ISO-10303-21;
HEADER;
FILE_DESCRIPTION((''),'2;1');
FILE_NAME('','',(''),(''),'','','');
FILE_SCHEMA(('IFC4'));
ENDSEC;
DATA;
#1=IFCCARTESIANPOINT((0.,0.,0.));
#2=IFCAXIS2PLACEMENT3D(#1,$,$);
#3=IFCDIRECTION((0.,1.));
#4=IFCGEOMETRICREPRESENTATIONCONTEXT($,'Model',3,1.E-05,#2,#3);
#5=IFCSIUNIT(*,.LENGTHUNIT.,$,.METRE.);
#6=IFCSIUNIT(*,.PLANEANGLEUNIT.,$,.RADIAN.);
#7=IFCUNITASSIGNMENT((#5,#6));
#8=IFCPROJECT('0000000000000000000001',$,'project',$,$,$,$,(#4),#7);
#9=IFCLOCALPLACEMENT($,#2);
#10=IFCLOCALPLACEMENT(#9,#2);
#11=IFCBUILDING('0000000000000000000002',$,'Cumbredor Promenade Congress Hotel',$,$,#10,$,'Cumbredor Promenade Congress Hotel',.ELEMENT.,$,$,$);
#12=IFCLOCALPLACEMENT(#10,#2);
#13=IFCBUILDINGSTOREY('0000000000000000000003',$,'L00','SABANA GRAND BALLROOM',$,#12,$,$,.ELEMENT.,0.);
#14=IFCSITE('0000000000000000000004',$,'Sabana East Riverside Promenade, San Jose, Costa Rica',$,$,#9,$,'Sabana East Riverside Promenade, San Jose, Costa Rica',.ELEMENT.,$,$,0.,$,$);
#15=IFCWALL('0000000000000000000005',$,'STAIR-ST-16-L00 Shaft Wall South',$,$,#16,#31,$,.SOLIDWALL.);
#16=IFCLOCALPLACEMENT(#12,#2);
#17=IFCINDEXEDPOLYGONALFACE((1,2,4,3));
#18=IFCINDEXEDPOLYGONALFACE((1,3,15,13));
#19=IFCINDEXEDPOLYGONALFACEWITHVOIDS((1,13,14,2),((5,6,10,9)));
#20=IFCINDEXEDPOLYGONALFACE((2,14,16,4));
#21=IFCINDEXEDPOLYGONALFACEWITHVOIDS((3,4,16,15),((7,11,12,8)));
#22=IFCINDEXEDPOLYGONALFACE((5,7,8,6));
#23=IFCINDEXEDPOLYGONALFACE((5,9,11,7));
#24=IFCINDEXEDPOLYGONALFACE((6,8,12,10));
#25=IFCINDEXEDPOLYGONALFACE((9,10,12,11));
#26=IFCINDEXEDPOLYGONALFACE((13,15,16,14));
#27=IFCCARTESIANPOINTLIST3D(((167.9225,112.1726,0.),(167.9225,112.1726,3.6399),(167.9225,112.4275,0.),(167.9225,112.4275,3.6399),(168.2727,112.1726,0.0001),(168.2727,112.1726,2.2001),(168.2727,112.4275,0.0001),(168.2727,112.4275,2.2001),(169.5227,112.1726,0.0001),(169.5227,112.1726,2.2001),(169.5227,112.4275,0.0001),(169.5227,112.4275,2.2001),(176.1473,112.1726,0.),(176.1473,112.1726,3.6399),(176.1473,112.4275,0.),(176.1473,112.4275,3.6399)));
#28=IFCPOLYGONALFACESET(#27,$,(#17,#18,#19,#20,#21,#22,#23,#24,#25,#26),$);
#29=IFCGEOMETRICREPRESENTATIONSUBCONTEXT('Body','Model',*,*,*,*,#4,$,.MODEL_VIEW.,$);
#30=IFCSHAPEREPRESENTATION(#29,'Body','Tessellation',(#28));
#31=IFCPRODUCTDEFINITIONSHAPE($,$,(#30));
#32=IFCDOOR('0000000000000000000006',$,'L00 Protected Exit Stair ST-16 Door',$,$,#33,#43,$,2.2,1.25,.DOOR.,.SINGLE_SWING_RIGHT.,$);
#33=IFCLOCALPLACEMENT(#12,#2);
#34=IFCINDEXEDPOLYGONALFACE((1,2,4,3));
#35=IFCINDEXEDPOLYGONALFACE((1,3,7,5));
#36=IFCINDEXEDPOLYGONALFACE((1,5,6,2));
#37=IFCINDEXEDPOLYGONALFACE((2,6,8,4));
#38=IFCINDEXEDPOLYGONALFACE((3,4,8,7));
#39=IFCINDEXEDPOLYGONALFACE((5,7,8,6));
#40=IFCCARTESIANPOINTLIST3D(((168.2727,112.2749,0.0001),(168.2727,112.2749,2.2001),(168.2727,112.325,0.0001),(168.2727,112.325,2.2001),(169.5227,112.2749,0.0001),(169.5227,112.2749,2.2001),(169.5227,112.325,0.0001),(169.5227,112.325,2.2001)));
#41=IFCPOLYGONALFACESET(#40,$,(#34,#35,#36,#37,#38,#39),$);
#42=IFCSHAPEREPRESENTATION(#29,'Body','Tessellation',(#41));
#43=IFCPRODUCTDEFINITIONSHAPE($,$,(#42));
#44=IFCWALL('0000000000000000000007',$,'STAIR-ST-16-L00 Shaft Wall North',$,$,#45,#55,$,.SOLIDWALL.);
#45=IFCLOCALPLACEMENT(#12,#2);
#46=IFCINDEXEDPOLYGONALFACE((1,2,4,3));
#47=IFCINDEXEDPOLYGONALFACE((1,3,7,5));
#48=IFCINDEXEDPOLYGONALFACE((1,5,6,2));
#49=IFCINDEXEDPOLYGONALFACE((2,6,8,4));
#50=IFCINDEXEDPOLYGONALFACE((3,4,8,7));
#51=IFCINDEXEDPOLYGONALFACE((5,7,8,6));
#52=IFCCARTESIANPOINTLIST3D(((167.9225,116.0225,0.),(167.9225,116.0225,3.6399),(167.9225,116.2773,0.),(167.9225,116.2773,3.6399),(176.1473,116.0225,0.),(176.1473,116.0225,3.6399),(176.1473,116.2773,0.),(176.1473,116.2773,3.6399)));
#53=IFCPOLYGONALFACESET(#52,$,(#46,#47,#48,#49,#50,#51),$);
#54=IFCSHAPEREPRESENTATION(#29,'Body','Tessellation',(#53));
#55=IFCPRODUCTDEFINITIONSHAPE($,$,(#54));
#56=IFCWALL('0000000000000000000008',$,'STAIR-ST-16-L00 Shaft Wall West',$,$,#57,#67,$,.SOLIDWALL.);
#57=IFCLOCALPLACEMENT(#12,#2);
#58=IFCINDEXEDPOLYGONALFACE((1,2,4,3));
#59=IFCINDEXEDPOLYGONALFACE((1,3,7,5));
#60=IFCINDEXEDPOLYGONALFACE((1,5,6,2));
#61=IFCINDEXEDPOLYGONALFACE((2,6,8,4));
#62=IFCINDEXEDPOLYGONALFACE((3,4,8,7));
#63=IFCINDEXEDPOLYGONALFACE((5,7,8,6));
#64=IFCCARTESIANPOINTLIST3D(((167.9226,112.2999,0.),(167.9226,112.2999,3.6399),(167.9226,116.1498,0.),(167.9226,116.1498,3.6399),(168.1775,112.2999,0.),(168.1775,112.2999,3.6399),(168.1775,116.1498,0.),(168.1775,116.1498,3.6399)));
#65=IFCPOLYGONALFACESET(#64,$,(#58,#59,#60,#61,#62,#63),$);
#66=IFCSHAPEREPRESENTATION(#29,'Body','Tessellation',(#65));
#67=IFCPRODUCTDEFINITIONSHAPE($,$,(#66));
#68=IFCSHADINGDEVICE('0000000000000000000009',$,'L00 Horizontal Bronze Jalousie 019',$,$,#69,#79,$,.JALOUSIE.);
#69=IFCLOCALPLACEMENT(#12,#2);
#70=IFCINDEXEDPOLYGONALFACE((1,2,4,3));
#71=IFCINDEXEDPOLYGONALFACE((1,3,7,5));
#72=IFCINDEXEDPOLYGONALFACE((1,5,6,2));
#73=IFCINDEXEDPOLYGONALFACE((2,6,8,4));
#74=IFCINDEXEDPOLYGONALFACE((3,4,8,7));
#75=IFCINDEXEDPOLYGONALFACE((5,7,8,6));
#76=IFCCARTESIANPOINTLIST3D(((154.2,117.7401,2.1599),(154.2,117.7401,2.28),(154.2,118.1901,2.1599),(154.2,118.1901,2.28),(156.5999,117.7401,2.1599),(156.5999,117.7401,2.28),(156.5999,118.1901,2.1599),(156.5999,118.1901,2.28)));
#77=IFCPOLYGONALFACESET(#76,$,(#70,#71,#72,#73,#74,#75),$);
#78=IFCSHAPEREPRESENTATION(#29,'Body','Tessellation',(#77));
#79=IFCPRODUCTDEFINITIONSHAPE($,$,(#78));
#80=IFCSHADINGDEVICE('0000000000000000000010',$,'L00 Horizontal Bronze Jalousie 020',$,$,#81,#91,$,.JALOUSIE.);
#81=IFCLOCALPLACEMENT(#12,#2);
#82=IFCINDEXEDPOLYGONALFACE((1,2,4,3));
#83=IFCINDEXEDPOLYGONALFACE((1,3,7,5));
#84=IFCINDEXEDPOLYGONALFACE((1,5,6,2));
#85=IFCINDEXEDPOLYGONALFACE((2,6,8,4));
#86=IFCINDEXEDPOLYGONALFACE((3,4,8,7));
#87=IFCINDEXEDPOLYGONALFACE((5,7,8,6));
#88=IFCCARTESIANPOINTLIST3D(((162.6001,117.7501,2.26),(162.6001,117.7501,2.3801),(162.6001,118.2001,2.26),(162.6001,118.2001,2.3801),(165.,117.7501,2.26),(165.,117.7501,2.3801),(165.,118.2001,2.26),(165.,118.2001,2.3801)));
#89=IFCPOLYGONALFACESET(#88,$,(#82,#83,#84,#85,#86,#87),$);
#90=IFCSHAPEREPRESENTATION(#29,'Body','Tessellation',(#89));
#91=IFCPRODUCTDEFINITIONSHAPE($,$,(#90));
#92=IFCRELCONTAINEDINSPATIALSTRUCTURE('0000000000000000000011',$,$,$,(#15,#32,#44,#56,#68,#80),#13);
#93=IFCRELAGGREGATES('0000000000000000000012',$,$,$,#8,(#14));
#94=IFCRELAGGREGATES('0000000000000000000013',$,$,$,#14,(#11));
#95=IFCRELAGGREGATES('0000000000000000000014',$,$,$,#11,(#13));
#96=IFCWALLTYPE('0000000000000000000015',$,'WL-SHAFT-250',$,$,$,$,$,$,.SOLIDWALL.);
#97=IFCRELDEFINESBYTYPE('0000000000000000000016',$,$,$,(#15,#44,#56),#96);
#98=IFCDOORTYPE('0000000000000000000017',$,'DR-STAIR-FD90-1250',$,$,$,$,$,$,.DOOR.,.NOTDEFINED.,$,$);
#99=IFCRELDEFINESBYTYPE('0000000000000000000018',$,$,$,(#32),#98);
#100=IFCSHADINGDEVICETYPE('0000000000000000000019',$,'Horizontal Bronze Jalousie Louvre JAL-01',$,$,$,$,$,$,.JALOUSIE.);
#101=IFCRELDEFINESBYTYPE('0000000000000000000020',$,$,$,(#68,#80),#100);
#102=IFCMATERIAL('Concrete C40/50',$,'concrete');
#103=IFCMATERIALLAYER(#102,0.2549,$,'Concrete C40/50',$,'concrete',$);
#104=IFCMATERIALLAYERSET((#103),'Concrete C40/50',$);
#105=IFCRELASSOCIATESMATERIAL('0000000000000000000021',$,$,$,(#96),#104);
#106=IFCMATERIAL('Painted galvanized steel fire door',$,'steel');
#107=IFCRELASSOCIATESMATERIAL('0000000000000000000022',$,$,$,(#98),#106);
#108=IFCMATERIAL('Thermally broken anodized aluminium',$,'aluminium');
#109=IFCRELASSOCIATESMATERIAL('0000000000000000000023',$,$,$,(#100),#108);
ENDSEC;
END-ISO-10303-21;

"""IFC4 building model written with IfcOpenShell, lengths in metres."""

from ifc_helpers import new_model, si_unit, direction, frame, frame_2d, origin, origin_2d, place, context, subcontext, project, spatial, rectangle, extrude, material, layer, layer_set, type_object, element, fill, save


model = new_model("IFC4")

# Units and contexts
model_context = context("Model", 3, precision=1e-05, world=origin(), true_north=direction((0.0, 1.0)))
body_context = subcontext(model_context, "Body", "Model", "MODEL_VIEW")
ifc_project = project(units=[si_unit("LENGTHUNIT", "METRE"), si_unit("PLANEANGLEUNIT", "RADIAN")], contexts=[model_context])

# Site, building, storey
site_placement = place(None, origin())
site = spatial("IfcSite", under=ifc_project, at=site_placement, Name="Sabana East Riverside Promenade, San Jose, Costa Rica", LongName="Sabana East Riverside Promenade, San Jose, Costa Rica", CompositionType="ELEMENT", RefElevation=0.0)
building_placement = place(site_placement, origin())
building = spatial("IfcBuilding", under=site, at=building_placement, Name="Cumbredor Promenade Congress Hotel", LongName="Cumbredor Promenade Congress Hotel", CompositionType="ELEMENT")
storey_placement = place(building_placement, origin())
storey = spatial("IfcBuildingStorey", under=building, at=storey_placement, Name="L00", Description="SABANA GRAND BALLROOM", CompositionType="ELEMENT", Elevation=0.0)

# Shared definitions
ifc_material_1 = material(Name="Concrete C40/50", Category="concrete")

# Shared definitions
ifc_material_2 = material(Name="Thermally broken anodized aluminium", Category="aluminium")

# Wall, opening, door
ifc_layer_1 = layer(ifc_material_1, 0.2549, Name="Concrete C40/50", Category="concrete")
ifc_layer_set_1 = layer_set([ifc_layer_1], Name="Concrete C40/50")
wall_type_1 = type_object("IfcWallType", Name="WL-SHAFT-250", PredefinedType="SOLIDWALL", material=ifc_layer_set_1)
wall_1_placement = place(storey_placement, frame((167.9226, 112.3, 0.0), z_axis=(0.0, 0.0, 1.0), x_axis=(1.0, 0.0, 0.0)))
wall_1 = element("IfcWall", 1, at=wall_1_placement, inside=storey, type_object=wall_type_1, Name="STAIR-ST-16-L00 Shaft Wall South", PredefinedType="SOLIDWALL", context=body_context, shape_type="SweptSolid", body=[
    extrude(rectangle(XDim=8.2249, YDim=0.2549, at=frame_2d((4.1123, 0.0))), origin(), (0.0, 0.0, 1.0), 3.6399),
])
opening_1_placement = place(wall_1_placement, frame((0.3501, 0.0, 0.0)))
opening_1 = element("IfcOpeningElement", 2, at=opening_1_placement, cuts=wall_1, PredefinedType="OPENING", context=body_context, shape_type="SweptSolid", body=[
    extrude(rectangle(XDim=1.25, YDim=2.2, at=frame_2d((0.625, 1.1001))), frame((0.0, 0.1375, 0.0), z_axis=(0.0, -1.0, 0.0), x_axis=(1.0, 0.0, 0.0)), (0.0, 0.0, 1.0), 0.2749),
])
ifc_material_3 = material(Name="Painted galvanized steel fire door", Category="steel")
door_type = type_object("IfcDoorType", Name="DR-STAIR-FD90-1250", OperationType="NOTDEFINED", PredefinedType="DOOR", material=ifc_material_3)
door_placement = place(opening_1_placement, origin())
door = element("IfcDoor", 3, at=door_placement, inside=storey, type_object=door_type, Name="L00 Protected Exit Stair ST-16 Door", OperationType="SINGLE_SWING_RIGHT", OverallHeight=2.2, OverallWidth=1.25, PredefinedType="DOOR", context=body_context, shape_type="SweptSolid", body=[
    extrude(rectangle(XDim=1.25, YDim=2.2, at=frame_2d((0.625, 1.1001))), frame((0.0, 0.0249, 0.0), z_axis=(0.0, -1.0, 0.0), x_axis=(1.0, 0.0, 0.0)), (0.0, 0.0, 1.0), 0.05),
])
fill(opening_1, door)

# Walls
wall_2_placement = place(storey_placement, frame((167.9226, 116.1499, 0.0), z_axis=(0.0, 0.0, 1.0), x_axis=(1.0, 0.0, 0.0)))
element("IfcWall", 4, at=wall_2_placement, inside=storey, type_object=wall_type_1, Name="STAIR-ST-16-L00 Shaft Wall North", PredefinedType="SOLIDWALL", context=body_context, shape_type="SweptSolid", body=[
    extrude(rectangle(XDim=8.2249, YDim=0.2549, at=frame_2d((4.1123, 0.0))), origin(), (0.0, 0.0, 1.0), 3.6399),
])
wall_3_placement = place(storey_placement, frame((168.05, 112.3, 0.0), z_axis=(0.0, 0.0, 1.0), x_axis=(0.0, 1.0, 0.0)))
element("IfcWall", 5, at=wall_3_placement, inside=storey, type_object=wall_type_1, Name="STAIR-ST-16-L00 Shaft Wall West", PredefinedType="SOLIDWALL", context=body_context, shape_type="SweptSolid", body=[
    extrude(rectangle(XDim=3.8499, YDim=0.2549, at=frame_2d((1.9248, 0.0))), origin(), (0.0, 0.0, 1.0), 3.6399),
])

# Shading devices
shading_device_type = type_object("IfcShadingDeviceType", Name="Horizontal Bronze Jalousie Louvre JAL-01", PredefinedType="JALOUSIE", material=ifc_material_2)
for number, where, z_axis, x_axis, name in (
    (6, (155.3999, 117.9651, 2.1599), (0.0, 0.0, 1.0), (1.0, 0.0, 0.0), "L00 Horizontal Bronze Jalousie 019"),
    (7, (163.8, 117.9751, 2.26), (0.0, 0.0, 1.0), (1.0, 0.0, 0.0), "L00 Horizontal Bronze Jalousie 020"),
):
    element("IfcShadingDevice", number, at=place(storey_placement, frame(where, z_axis=z_axis, x_axis=x_axis)), inside=storey, type_object=shading_device_type, Name=name, PredefinedType="JALOUSIE", context=body_context, shape_type="SweptSolid", body=[
        extrude(rectangle(XDim=2.3999, YDim=0.45, at=origin_2d()), origin(), (0.0, 0.0, 1.0), 0.1201),
    ])

save(model, "model.ifc")
